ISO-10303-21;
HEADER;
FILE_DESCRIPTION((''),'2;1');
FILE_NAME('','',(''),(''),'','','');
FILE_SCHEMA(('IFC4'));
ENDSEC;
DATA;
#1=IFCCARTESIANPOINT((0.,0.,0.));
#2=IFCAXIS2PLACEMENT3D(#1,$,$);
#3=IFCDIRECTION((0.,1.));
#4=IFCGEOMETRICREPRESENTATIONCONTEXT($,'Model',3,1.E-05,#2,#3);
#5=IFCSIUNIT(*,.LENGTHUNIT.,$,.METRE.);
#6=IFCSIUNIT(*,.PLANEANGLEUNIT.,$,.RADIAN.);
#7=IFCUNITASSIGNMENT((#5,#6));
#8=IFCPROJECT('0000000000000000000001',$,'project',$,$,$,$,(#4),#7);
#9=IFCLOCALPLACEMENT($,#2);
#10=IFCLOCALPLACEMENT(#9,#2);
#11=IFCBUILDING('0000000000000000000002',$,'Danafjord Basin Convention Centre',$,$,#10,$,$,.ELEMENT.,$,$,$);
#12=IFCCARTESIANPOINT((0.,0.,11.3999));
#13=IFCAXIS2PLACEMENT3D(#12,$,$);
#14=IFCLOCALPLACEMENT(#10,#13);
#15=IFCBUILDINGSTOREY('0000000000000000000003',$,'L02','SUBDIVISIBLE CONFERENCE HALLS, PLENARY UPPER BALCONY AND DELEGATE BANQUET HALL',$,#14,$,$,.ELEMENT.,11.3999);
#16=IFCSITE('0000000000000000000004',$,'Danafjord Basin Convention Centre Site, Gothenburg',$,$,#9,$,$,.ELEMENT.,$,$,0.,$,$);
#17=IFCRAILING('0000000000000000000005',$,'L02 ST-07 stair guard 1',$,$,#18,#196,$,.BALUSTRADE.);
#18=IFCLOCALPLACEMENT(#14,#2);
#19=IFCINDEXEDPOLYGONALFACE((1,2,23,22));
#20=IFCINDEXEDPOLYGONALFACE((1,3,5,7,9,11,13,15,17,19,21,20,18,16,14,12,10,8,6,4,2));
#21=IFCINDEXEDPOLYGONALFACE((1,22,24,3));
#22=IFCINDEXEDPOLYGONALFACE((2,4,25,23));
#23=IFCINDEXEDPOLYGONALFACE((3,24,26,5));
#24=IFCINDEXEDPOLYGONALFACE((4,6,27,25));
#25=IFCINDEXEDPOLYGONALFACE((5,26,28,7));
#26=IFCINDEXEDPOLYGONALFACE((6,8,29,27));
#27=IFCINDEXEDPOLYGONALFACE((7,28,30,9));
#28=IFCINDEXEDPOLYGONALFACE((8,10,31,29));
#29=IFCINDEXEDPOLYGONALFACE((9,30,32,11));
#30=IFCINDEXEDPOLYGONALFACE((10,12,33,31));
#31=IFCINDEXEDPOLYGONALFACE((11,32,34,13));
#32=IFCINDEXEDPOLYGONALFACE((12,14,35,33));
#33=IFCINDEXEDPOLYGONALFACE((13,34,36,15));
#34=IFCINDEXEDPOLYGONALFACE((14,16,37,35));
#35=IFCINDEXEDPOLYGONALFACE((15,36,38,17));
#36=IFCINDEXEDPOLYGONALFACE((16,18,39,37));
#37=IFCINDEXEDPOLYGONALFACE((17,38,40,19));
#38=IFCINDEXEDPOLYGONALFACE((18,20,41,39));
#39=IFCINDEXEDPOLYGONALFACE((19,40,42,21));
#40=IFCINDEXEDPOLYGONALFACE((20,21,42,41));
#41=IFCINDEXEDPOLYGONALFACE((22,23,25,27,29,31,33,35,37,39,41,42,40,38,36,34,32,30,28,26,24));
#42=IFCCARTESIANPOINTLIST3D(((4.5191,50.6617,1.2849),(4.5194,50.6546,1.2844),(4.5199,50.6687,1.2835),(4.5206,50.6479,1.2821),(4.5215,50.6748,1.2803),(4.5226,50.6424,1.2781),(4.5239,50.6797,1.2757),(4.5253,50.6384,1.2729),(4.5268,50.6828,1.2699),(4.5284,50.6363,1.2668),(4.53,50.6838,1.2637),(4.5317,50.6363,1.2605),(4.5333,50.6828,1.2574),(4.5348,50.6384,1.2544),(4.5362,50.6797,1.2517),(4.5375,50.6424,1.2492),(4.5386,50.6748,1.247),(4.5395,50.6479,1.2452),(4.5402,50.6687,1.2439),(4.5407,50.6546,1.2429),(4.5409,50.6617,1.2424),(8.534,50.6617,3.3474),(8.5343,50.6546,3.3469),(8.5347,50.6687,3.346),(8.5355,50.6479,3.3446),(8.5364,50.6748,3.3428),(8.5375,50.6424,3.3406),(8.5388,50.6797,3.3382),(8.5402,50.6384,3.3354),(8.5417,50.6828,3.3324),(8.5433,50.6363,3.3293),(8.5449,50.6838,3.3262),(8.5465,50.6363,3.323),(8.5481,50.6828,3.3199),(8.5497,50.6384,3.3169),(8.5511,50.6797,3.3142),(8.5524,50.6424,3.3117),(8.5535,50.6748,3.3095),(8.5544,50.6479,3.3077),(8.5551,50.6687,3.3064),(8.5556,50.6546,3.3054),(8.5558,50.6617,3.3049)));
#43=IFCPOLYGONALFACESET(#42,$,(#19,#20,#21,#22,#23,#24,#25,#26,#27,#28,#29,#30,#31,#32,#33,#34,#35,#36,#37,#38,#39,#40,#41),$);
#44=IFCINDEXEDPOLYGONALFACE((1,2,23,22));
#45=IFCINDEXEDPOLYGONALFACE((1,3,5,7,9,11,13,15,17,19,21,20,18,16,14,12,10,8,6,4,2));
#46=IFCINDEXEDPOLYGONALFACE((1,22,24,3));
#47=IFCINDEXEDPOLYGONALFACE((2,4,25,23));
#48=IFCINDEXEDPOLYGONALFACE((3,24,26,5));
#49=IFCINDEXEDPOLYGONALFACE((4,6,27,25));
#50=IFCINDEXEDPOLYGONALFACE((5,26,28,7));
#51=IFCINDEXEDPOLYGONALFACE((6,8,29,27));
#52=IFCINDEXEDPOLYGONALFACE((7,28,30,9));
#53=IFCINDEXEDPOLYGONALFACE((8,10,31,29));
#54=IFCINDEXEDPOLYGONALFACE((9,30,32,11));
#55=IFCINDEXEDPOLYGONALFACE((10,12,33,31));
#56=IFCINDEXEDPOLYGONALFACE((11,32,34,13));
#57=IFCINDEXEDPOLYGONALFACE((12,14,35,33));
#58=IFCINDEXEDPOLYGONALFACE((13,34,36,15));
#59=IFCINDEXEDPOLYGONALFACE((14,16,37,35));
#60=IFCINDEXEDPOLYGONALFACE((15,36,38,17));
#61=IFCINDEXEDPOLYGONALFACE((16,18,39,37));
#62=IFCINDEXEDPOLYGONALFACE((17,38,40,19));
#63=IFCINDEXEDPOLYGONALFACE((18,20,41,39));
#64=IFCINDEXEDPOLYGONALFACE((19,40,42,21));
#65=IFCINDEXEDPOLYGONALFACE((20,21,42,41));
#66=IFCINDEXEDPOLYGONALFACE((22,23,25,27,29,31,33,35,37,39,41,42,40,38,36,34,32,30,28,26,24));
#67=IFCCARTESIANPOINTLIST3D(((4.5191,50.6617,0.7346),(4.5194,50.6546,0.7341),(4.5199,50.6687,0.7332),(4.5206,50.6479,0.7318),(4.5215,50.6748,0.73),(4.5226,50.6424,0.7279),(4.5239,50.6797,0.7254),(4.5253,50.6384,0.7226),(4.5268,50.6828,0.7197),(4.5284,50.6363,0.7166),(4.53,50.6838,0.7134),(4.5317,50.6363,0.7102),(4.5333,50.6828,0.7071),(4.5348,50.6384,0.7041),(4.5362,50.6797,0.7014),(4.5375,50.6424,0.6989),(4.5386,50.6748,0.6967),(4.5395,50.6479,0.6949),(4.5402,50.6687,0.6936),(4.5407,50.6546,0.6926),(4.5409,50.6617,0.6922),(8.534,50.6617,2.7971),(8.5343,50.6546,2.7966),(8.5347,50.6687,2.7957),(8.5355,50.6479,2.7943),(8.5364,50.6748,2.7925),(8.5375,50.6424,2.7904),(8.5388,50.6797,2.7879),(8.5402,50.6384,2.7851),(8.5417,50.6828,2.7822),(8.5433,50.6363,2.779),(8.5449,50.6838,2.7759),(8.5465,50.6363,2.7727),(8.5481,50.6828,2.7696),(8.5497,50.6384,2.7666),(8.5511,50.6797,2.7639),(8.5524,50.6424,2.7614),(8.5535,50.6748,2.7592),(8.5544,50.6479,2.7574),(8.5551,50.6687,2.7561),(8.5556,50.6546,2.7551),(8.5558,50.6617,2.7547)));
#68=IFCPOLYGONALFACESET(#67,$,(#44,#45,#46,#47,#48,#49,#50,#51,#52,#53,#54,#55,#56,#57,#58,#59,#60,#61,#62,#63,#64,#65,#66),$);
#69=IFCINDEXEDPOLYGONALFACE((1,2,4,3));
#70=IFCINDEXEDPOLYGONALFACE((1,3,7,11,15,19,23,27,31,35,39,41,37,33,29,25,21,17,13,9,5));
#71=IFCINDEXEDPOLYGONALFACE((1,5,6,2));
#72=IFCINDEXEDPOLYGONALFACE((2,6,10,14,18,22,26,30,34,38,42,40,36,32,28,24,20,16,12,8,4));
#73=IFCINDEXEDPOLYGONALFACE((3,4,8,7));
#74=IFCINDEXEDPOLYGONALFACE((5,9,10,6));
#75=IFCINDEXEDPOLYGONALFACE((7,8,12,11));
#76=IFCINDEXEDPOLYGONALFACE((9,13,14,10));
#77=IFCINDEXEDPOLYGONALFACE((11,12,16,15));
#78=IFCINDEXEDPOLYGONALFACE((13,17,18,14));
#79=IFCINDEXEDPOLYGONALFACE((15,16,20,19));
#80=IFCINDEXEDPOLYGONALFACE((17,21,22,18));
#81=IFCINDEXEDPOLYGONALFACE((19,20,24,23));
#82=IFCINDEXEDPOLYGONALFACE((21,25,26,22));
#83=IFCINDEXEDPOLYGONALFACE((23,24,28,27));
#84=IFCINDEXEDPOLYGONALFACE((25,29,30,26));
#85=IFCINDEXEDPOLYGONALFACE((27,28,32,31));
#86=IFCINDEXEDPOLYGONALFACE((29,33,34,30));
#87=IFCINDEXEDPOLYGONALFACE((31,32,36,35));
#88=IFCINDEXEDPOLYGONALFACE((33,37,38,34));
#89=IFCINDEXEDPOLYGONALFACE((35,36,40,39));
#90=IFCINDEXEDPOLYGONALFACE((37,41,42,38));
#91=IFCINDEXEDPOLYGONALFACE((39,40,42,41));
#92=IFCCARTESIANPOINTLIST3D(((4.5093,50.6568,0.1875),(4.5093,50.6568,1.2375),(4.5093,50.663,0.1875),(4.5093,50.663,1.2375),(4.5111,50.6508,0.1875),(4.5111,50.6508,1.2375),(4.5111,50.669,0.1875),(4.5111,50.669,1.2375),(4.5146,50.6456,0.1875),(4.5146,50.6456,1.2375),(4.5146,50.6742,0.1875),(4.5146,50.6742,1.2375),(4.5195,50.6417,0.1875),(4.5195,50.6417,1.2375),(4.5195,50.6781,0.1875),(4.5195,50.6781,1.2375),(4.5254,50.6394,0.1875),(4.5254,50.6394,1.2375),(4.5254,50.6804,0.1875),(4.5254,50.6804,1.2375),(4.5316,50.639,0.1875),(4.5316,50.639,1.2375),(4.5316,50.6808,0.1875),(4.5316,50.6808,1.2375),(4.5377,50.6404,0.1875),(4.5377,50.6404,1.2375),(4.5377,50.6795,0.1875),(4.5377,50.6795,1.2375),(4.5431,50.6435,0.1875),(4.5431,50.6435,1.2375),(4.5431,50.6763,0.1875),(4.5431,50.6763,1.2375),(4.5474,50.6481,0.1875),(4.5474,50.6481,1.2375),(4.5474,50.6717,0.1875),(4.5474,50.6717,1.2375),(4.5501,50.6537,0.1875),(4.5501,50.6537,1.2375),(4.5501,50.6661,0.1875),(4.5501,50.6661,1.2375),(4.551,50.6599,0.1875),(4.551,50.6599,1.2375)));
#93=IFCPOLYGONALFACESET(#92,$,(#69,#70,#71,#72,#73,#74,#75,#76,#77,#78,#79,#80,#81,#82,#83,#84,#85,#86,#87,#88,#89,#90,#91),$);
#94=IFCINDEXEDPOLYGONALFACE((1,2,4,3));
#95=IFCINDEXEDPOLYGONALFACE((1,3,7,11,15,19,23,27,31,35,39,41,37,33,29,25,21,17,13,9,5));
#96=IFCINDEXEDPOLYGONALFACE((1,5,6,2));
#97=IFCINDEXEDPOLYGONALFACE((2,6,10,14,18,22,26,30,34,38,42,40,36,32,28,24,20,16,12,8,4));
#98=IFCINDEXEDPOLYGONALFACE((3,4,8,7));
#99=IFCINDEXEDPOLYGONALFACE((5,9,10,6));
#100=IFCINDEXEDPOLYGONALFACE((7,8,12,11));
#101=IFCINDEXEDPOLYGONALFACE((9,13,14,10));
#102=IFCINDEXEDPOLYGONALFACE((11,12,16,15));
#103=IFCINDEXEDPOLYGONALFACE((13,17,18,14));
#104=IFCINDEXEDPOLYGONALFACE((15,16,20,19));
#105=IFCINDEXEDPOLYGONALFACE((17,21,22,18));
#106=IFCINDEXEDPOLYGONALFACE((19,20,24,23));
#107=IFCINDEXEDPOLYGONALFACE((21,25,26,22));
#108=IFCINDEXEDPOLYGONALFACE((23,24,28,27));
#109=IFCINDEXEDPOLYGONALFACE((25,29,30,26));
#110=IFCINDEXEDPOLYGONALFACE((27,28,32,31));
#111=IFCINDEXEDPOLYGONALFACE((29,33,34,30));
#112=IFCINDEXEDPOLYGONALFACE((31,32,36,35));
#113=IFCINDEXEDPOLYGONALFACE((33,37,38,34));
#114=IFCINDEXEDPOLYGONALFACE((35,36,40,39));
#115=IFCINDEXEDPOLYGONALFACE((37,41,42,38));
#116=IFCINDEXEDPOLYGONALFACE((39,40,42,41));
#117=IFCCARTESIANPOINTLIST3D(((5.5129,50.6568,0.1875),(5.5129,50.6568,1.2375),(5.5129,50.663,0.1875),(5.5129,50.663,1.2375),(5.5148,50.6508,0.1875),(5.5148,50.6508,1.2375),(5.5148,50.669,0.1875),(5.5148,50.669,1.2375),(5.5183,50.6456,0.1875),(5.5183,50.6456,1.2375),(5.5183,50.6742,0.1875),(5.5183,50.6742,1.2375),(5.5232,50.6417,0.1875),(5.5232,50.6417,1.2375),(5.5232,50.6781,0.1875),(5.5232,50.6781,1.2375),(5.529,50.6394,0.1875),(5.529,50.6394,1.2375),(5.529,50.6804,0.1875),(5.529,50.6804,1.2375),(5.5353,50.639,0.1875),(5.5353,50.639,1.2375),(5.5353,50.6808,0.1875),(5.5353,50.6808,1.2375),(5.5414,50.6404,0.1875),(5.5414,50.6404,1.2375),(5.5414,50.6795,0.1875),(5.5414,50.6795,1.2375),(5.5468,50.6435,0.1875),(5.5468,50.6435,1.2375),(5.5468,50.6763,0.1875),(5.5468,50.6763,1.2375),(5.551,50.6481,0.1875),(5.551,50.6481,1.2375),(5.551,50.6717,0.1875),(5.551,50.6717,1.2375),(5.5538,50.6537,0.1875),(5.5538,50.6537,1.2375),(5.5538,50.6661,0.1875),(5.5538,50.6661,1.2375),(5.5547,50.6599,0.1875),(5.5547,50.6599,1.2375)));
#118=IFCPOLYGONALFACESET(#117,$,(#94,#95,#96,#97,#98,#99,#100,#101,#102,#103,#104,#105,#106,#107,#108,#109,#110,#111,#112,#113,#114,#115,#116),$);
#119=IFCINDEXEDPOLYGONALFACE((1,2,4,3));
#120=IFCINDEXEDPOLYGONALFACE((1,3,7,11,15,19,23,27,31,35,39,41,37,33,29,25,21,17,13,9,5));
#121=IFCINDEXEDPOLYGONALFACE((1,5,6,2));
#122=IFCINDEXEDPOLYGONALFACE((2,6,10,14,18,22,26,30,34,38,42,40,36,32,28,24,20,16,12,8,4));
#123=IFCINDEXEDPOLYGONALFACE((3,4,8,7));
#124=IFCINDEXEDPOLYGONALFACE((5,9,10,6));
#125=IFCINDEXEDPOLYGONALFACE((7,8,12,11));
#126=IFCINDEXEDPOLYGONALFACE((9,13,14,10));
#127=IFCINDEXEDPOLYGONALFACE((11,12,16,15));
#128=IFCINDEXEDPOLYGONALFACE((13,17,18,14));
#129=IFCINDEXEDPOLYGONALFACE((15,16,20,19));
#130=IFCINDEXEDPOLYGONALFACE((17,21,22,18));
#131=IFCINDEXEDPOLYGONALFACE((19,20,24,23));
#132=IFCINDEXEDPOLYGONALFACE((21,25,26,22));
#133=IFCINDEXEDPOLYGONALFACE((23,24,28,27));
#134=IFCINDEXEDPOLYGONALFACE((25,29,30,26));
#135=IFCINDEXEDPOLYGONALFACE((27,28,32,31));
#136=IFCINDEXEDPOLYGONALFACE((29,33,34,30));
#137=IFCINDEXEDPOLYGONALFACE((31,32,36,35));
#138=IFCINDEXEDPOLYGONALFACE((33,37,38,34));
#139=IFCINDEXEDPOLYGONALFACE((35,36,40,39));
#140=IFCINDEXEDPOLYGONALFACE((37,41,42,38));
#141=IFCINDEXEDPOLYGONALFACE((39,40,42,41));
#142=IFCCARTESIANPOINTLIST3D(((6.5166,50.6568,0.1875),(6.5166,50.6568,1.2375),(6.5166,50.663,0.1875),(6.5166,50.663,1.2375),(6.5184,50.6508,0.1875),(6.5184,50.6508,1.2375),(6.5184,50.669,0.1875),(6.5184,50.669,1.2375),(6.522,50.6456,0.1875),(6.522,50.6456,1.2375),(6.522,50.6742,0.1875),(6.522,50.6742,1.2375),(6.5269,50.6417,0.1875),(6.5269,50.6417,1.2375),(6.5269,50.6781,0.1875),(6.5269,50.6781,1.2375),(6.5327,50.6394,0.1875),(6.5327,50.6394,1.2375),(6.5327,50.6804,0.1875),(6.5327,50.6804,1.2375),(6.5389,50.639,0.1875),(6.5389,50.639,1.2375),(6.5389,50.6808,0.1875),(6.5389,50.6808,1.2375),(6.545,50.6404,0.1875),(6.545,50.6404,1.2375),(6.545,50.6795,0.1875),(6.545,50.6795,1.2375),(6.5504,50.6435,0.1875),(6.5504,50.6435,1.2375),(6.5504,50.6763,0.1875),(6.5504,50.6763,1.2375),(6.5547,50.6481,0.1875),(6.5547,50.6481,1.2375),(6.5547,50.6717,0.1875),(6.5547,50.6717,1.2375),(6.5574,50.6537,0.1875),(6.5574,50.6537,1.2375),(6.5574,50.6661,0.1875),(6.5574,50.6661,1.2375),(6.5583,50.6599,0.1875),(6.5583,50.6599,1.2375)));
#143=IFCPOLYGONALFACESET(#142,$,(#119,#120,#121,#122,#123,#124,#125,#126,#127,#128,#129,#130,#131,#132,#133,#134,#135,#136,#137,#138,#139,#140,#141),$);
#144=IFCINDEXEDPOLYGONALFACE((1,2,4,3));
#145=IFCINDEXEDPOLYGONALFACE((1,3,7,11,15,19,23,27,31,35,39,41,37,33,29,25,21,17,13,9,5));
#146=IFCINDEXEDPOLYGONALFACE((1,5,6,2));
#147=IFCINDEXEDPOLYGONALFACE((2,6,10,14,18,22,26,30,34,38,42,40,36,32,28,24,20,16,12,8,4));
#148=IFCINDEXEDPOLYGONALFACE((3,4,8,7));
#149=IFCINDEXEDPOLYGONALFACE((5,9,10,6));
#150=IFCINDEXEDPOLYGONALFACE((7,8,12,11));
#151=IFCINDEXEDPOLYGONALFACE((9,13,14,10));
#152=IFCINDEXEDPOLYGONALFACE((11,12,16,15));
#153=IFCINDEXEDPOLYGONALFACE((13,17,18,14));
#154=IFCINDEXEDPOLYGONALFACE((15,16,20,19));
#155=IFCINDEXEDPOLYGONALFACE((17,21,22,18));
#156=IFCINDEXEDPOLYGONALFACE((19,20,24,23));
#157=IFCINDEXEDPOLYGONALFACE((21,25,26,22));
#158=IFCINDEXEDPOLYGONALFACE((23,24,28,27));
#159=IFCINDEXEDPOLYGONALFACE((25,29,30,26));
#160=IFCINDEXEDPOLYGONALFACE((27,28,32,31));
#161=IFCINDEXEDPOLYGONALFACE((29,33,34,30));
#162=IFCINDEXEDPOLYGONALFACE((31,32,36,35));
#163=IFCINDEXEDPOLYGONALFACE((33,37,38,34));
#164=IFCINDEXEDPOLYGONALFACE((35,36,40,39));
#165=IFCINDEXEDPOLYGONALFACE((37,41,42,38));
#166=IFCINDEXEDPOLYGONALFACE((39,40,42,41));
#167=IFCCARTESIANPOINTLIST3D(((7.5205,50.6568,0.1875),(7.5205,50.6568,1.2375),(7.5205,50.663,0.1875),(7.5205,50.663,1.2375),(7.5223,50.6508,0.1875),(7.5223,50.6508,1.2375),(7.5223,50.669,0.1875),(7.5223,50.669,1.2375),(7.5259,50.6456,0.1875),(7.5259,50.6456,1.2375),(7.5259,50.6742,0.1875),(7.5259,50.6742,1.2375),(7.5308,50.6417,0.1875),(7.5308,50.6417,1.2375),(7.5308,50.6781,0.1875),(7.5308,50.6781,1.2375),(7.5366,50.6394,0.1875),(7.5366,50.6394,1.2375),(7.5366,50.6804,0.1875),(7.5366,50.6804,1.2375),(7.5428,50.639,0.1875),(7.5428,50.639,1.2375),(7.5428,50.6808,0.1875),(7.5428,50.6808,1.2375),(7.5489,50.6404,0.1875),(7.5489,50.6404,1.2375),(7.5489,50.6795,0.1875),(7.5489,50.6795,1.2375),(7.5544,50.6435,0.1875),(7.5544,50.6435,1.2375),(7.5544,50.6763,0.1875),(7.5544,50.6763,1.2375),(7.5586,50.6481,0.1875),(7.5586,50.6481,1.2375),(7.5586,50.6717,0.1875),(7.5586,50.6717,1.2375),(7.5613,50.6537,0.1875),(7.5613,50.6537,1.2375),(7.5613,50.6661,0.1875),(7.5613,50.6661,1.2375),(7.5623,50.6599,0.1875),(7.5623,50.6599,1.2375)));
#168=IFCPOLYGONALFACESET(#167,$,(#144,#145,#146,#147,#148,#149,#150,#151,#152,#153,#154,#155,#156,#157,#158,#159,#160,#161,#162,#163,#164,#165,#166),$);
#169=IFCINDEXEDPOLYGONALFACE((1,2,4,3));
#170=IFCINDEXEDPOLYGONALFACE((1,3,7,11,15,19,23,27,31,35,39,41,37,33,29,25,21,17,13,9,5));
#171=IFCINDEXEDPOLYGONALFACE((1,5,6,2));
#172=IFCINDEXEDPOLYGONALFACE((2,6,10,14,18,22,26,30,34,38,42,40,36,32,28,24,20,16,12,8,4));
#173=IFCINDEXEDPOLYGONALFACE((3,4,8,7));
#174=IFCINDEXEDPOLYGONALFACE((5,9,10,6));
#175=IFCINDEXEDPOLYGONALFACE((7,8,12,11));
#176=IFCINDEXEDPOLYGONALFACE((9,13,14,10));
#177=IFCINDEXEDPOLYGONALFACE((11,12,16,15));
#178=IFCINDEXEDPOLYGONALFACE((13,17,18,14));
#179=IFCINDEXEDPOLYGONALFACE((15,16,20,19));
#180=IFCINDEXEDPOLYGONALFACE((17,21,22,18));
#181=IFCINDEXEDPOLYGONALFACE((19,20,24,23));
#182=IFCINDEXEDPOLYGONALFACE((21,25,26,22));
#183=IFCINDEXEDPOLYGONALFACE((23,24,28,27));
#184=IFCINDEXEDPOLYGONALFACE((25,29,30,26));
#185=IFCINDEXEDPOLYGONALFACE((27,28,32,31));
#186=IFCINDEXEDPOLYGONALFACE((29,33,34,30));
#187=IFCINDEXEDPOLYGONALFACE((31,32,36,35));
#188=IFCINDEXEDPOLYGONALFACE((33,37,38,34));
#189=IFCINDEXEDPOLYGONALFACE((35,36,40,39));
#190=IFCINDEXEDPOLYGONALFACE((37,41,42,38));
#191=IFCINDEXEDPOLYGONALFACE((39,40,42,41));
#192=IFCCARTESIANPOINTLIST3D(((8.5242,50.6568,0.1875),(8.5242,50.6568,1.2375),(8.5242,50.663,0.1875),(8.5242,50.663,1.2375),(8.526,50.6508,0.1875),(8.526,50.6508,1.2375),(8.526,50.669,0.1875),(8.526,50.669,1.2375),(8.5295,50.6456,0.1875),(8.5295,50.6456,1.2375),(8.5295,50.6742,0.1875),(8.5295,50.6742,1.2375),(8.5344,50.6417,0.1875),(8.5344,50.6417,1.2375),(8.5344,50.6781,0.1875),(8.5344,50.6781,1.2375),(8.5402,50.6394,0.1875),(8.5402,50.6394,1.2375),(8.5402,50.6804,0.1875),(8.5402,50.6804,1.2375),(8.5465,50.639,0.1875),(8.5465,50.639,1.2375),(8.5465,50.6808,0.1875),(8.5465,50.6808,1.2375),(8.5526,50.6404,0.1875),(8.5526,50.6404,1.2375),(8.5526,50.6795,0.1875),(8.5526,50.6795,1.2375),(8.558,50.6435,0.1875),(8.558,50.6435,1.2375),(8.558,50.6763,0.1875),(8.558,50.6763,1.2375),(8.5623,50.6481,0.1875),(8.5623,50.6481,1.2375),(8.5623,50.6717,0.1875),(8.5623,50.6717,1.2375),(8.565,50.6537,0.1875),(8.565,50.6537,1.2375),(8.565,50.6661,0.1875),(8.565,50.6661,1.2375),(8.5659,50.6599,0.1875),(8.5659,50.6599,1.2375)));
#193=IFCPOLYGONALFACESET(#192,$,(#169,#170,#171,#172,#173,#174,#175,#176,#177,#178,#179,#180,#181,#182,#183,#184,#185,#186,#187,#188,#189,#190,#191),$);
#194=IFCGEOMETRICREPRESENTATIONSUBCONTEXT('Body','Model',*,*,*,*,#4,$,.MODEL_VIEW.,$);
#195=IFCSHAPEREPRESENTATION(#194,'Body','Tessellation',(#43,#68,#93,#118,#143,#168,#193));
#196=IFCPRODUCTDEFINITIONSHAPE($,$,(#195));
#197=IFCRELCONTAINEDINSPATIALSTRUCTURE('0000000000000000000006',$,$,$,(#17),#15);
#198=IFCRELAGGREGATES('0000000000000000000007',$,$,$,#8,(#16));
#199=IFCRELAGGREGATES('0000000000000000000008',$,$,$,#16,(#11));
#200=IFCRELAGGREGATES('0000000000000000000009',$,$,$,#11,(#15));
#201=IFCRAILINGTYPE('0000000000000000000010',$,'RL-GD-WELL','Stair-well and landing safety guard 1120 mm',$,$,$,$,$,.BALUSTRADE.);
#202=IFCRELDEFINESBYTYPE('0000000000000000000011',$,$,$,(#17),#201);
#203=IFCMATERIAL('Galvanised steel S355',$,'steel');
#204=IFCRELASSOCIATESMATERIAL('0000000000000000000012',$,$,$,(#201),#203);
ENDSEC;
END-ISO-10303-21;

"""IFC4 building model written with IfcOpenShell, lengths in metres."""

from ifc_helpers import new_model, si_unit, direction, frame, origin, origin_2d, place, context, subcontext, project, spatial, circle, extrude, material, type_object, element, save


model = new_model("IFC4")

# Units and contexts
model_context = context("Model", 3, precision=1e-05, world=origin(), true_north=direction((0.0, 1.0)))
body_context = subcontext(model_context, "Body", "Model", "MODEL_VIEW")
ifc_project = project(units=[si_unit("LENGTHUNIT", "METRE"), si_unit("PLANEANGLEUNIT", "RADIAN")], contexts=[model_context])

# Site, building, storey
site_placement = place(None, origin())
site = spatial("IfcSite", under=ifc_project, at=site_placement, Name="Danafjord Basin Convention Centre Site, Gothenburg", CompositionType="ELEMENT", RefElevation=0.0)
building_placement = place(site_placement, origin())
building = spatial("IfcBuilding", under=site, at=building_placement, Name="Danafjord Basin Convention Centre", CompositionType="ELEMENT")
storey_placement = place(building_placement, frame((0.0, 0.0, 11.3999)))
storey = spatial("IfcBuildingStorey", under=building, at=storey_placement, Name="L02", Description="SUBDIVISIBLE CONFERENCE HALLS, PLENARY UPPER BALCONY AND DELEGATE BANQUET HALL", CompositionType="ELEMENT", Elevation=11.3999)

# Railing
ifc_material_1 = material(Name="Galvanised steel S355", Category="steel")
railing_type_1 = type_object("IfcRailingType", Name="RL-GD-WELL", Description="Stair-well and landing safety guard 1120 mm", PredefinedType="BALUSTRADE", material=ifc_material_1)
railing_1_placement = place(storey_placement, frame((4.53, 50.6599, 0.1875)))
element("IfcRailing", 1, at=railing_1_placement, inside=storey, type_object=railing_type_1, Name="L02 ST-07 stair guard 1", PredefinedType="BALUSTRADE", context=body_context, shape_type="SweptSolid", body=[
    extrude(circle(Radius=0.0239, at=origin_2d()), frame((0.0, 0.0, 1.0762), z_axis=(0.889495, 0.0, 0.456945), x_axis=(0.0, 1.0, 0.0)), (0.0, 0.0, 1.0), 4.5137),
    extrude(circle(Radius=0.0239, at=origin_2d()), frame((0.0, 0.0, 0.5259), z_axis=(0.889495, 0.0, 0.456945), x_axis=(0.0, 1.0, 0.0)), (0.0, 0.0, 1.0), 4.5137),
    extrude(circle(Radius=0.021, at=origin_2d()), origin(), (0.0, 0.0, 1.0), 1.05),
    extrude(circle(Radius=0.021, at=origin_2d()), frame((1.0037, 0.0, 0.0)), (0.0, 0.0, 1.0), 1.05),
    extrude(circle(Radius=0.021, at=origin_2d()), frame((2.0073, 0.0, 0.0)), (0.0, 0.0, 1.0), 1.05),
    extrude(circle(Radius=0.021, at=origin_2d()), frame((3.0112, 0.0, 0.0)), (0.0, 0.0, 1.0), 1.05),
    extrude(circle(Radius=0.021, at=origin_2d()), frame((4.0149, 0.0, 0.0)), (0.0, 0.0, 1.0), 1.05),
])

save(model, "model.ifc")
